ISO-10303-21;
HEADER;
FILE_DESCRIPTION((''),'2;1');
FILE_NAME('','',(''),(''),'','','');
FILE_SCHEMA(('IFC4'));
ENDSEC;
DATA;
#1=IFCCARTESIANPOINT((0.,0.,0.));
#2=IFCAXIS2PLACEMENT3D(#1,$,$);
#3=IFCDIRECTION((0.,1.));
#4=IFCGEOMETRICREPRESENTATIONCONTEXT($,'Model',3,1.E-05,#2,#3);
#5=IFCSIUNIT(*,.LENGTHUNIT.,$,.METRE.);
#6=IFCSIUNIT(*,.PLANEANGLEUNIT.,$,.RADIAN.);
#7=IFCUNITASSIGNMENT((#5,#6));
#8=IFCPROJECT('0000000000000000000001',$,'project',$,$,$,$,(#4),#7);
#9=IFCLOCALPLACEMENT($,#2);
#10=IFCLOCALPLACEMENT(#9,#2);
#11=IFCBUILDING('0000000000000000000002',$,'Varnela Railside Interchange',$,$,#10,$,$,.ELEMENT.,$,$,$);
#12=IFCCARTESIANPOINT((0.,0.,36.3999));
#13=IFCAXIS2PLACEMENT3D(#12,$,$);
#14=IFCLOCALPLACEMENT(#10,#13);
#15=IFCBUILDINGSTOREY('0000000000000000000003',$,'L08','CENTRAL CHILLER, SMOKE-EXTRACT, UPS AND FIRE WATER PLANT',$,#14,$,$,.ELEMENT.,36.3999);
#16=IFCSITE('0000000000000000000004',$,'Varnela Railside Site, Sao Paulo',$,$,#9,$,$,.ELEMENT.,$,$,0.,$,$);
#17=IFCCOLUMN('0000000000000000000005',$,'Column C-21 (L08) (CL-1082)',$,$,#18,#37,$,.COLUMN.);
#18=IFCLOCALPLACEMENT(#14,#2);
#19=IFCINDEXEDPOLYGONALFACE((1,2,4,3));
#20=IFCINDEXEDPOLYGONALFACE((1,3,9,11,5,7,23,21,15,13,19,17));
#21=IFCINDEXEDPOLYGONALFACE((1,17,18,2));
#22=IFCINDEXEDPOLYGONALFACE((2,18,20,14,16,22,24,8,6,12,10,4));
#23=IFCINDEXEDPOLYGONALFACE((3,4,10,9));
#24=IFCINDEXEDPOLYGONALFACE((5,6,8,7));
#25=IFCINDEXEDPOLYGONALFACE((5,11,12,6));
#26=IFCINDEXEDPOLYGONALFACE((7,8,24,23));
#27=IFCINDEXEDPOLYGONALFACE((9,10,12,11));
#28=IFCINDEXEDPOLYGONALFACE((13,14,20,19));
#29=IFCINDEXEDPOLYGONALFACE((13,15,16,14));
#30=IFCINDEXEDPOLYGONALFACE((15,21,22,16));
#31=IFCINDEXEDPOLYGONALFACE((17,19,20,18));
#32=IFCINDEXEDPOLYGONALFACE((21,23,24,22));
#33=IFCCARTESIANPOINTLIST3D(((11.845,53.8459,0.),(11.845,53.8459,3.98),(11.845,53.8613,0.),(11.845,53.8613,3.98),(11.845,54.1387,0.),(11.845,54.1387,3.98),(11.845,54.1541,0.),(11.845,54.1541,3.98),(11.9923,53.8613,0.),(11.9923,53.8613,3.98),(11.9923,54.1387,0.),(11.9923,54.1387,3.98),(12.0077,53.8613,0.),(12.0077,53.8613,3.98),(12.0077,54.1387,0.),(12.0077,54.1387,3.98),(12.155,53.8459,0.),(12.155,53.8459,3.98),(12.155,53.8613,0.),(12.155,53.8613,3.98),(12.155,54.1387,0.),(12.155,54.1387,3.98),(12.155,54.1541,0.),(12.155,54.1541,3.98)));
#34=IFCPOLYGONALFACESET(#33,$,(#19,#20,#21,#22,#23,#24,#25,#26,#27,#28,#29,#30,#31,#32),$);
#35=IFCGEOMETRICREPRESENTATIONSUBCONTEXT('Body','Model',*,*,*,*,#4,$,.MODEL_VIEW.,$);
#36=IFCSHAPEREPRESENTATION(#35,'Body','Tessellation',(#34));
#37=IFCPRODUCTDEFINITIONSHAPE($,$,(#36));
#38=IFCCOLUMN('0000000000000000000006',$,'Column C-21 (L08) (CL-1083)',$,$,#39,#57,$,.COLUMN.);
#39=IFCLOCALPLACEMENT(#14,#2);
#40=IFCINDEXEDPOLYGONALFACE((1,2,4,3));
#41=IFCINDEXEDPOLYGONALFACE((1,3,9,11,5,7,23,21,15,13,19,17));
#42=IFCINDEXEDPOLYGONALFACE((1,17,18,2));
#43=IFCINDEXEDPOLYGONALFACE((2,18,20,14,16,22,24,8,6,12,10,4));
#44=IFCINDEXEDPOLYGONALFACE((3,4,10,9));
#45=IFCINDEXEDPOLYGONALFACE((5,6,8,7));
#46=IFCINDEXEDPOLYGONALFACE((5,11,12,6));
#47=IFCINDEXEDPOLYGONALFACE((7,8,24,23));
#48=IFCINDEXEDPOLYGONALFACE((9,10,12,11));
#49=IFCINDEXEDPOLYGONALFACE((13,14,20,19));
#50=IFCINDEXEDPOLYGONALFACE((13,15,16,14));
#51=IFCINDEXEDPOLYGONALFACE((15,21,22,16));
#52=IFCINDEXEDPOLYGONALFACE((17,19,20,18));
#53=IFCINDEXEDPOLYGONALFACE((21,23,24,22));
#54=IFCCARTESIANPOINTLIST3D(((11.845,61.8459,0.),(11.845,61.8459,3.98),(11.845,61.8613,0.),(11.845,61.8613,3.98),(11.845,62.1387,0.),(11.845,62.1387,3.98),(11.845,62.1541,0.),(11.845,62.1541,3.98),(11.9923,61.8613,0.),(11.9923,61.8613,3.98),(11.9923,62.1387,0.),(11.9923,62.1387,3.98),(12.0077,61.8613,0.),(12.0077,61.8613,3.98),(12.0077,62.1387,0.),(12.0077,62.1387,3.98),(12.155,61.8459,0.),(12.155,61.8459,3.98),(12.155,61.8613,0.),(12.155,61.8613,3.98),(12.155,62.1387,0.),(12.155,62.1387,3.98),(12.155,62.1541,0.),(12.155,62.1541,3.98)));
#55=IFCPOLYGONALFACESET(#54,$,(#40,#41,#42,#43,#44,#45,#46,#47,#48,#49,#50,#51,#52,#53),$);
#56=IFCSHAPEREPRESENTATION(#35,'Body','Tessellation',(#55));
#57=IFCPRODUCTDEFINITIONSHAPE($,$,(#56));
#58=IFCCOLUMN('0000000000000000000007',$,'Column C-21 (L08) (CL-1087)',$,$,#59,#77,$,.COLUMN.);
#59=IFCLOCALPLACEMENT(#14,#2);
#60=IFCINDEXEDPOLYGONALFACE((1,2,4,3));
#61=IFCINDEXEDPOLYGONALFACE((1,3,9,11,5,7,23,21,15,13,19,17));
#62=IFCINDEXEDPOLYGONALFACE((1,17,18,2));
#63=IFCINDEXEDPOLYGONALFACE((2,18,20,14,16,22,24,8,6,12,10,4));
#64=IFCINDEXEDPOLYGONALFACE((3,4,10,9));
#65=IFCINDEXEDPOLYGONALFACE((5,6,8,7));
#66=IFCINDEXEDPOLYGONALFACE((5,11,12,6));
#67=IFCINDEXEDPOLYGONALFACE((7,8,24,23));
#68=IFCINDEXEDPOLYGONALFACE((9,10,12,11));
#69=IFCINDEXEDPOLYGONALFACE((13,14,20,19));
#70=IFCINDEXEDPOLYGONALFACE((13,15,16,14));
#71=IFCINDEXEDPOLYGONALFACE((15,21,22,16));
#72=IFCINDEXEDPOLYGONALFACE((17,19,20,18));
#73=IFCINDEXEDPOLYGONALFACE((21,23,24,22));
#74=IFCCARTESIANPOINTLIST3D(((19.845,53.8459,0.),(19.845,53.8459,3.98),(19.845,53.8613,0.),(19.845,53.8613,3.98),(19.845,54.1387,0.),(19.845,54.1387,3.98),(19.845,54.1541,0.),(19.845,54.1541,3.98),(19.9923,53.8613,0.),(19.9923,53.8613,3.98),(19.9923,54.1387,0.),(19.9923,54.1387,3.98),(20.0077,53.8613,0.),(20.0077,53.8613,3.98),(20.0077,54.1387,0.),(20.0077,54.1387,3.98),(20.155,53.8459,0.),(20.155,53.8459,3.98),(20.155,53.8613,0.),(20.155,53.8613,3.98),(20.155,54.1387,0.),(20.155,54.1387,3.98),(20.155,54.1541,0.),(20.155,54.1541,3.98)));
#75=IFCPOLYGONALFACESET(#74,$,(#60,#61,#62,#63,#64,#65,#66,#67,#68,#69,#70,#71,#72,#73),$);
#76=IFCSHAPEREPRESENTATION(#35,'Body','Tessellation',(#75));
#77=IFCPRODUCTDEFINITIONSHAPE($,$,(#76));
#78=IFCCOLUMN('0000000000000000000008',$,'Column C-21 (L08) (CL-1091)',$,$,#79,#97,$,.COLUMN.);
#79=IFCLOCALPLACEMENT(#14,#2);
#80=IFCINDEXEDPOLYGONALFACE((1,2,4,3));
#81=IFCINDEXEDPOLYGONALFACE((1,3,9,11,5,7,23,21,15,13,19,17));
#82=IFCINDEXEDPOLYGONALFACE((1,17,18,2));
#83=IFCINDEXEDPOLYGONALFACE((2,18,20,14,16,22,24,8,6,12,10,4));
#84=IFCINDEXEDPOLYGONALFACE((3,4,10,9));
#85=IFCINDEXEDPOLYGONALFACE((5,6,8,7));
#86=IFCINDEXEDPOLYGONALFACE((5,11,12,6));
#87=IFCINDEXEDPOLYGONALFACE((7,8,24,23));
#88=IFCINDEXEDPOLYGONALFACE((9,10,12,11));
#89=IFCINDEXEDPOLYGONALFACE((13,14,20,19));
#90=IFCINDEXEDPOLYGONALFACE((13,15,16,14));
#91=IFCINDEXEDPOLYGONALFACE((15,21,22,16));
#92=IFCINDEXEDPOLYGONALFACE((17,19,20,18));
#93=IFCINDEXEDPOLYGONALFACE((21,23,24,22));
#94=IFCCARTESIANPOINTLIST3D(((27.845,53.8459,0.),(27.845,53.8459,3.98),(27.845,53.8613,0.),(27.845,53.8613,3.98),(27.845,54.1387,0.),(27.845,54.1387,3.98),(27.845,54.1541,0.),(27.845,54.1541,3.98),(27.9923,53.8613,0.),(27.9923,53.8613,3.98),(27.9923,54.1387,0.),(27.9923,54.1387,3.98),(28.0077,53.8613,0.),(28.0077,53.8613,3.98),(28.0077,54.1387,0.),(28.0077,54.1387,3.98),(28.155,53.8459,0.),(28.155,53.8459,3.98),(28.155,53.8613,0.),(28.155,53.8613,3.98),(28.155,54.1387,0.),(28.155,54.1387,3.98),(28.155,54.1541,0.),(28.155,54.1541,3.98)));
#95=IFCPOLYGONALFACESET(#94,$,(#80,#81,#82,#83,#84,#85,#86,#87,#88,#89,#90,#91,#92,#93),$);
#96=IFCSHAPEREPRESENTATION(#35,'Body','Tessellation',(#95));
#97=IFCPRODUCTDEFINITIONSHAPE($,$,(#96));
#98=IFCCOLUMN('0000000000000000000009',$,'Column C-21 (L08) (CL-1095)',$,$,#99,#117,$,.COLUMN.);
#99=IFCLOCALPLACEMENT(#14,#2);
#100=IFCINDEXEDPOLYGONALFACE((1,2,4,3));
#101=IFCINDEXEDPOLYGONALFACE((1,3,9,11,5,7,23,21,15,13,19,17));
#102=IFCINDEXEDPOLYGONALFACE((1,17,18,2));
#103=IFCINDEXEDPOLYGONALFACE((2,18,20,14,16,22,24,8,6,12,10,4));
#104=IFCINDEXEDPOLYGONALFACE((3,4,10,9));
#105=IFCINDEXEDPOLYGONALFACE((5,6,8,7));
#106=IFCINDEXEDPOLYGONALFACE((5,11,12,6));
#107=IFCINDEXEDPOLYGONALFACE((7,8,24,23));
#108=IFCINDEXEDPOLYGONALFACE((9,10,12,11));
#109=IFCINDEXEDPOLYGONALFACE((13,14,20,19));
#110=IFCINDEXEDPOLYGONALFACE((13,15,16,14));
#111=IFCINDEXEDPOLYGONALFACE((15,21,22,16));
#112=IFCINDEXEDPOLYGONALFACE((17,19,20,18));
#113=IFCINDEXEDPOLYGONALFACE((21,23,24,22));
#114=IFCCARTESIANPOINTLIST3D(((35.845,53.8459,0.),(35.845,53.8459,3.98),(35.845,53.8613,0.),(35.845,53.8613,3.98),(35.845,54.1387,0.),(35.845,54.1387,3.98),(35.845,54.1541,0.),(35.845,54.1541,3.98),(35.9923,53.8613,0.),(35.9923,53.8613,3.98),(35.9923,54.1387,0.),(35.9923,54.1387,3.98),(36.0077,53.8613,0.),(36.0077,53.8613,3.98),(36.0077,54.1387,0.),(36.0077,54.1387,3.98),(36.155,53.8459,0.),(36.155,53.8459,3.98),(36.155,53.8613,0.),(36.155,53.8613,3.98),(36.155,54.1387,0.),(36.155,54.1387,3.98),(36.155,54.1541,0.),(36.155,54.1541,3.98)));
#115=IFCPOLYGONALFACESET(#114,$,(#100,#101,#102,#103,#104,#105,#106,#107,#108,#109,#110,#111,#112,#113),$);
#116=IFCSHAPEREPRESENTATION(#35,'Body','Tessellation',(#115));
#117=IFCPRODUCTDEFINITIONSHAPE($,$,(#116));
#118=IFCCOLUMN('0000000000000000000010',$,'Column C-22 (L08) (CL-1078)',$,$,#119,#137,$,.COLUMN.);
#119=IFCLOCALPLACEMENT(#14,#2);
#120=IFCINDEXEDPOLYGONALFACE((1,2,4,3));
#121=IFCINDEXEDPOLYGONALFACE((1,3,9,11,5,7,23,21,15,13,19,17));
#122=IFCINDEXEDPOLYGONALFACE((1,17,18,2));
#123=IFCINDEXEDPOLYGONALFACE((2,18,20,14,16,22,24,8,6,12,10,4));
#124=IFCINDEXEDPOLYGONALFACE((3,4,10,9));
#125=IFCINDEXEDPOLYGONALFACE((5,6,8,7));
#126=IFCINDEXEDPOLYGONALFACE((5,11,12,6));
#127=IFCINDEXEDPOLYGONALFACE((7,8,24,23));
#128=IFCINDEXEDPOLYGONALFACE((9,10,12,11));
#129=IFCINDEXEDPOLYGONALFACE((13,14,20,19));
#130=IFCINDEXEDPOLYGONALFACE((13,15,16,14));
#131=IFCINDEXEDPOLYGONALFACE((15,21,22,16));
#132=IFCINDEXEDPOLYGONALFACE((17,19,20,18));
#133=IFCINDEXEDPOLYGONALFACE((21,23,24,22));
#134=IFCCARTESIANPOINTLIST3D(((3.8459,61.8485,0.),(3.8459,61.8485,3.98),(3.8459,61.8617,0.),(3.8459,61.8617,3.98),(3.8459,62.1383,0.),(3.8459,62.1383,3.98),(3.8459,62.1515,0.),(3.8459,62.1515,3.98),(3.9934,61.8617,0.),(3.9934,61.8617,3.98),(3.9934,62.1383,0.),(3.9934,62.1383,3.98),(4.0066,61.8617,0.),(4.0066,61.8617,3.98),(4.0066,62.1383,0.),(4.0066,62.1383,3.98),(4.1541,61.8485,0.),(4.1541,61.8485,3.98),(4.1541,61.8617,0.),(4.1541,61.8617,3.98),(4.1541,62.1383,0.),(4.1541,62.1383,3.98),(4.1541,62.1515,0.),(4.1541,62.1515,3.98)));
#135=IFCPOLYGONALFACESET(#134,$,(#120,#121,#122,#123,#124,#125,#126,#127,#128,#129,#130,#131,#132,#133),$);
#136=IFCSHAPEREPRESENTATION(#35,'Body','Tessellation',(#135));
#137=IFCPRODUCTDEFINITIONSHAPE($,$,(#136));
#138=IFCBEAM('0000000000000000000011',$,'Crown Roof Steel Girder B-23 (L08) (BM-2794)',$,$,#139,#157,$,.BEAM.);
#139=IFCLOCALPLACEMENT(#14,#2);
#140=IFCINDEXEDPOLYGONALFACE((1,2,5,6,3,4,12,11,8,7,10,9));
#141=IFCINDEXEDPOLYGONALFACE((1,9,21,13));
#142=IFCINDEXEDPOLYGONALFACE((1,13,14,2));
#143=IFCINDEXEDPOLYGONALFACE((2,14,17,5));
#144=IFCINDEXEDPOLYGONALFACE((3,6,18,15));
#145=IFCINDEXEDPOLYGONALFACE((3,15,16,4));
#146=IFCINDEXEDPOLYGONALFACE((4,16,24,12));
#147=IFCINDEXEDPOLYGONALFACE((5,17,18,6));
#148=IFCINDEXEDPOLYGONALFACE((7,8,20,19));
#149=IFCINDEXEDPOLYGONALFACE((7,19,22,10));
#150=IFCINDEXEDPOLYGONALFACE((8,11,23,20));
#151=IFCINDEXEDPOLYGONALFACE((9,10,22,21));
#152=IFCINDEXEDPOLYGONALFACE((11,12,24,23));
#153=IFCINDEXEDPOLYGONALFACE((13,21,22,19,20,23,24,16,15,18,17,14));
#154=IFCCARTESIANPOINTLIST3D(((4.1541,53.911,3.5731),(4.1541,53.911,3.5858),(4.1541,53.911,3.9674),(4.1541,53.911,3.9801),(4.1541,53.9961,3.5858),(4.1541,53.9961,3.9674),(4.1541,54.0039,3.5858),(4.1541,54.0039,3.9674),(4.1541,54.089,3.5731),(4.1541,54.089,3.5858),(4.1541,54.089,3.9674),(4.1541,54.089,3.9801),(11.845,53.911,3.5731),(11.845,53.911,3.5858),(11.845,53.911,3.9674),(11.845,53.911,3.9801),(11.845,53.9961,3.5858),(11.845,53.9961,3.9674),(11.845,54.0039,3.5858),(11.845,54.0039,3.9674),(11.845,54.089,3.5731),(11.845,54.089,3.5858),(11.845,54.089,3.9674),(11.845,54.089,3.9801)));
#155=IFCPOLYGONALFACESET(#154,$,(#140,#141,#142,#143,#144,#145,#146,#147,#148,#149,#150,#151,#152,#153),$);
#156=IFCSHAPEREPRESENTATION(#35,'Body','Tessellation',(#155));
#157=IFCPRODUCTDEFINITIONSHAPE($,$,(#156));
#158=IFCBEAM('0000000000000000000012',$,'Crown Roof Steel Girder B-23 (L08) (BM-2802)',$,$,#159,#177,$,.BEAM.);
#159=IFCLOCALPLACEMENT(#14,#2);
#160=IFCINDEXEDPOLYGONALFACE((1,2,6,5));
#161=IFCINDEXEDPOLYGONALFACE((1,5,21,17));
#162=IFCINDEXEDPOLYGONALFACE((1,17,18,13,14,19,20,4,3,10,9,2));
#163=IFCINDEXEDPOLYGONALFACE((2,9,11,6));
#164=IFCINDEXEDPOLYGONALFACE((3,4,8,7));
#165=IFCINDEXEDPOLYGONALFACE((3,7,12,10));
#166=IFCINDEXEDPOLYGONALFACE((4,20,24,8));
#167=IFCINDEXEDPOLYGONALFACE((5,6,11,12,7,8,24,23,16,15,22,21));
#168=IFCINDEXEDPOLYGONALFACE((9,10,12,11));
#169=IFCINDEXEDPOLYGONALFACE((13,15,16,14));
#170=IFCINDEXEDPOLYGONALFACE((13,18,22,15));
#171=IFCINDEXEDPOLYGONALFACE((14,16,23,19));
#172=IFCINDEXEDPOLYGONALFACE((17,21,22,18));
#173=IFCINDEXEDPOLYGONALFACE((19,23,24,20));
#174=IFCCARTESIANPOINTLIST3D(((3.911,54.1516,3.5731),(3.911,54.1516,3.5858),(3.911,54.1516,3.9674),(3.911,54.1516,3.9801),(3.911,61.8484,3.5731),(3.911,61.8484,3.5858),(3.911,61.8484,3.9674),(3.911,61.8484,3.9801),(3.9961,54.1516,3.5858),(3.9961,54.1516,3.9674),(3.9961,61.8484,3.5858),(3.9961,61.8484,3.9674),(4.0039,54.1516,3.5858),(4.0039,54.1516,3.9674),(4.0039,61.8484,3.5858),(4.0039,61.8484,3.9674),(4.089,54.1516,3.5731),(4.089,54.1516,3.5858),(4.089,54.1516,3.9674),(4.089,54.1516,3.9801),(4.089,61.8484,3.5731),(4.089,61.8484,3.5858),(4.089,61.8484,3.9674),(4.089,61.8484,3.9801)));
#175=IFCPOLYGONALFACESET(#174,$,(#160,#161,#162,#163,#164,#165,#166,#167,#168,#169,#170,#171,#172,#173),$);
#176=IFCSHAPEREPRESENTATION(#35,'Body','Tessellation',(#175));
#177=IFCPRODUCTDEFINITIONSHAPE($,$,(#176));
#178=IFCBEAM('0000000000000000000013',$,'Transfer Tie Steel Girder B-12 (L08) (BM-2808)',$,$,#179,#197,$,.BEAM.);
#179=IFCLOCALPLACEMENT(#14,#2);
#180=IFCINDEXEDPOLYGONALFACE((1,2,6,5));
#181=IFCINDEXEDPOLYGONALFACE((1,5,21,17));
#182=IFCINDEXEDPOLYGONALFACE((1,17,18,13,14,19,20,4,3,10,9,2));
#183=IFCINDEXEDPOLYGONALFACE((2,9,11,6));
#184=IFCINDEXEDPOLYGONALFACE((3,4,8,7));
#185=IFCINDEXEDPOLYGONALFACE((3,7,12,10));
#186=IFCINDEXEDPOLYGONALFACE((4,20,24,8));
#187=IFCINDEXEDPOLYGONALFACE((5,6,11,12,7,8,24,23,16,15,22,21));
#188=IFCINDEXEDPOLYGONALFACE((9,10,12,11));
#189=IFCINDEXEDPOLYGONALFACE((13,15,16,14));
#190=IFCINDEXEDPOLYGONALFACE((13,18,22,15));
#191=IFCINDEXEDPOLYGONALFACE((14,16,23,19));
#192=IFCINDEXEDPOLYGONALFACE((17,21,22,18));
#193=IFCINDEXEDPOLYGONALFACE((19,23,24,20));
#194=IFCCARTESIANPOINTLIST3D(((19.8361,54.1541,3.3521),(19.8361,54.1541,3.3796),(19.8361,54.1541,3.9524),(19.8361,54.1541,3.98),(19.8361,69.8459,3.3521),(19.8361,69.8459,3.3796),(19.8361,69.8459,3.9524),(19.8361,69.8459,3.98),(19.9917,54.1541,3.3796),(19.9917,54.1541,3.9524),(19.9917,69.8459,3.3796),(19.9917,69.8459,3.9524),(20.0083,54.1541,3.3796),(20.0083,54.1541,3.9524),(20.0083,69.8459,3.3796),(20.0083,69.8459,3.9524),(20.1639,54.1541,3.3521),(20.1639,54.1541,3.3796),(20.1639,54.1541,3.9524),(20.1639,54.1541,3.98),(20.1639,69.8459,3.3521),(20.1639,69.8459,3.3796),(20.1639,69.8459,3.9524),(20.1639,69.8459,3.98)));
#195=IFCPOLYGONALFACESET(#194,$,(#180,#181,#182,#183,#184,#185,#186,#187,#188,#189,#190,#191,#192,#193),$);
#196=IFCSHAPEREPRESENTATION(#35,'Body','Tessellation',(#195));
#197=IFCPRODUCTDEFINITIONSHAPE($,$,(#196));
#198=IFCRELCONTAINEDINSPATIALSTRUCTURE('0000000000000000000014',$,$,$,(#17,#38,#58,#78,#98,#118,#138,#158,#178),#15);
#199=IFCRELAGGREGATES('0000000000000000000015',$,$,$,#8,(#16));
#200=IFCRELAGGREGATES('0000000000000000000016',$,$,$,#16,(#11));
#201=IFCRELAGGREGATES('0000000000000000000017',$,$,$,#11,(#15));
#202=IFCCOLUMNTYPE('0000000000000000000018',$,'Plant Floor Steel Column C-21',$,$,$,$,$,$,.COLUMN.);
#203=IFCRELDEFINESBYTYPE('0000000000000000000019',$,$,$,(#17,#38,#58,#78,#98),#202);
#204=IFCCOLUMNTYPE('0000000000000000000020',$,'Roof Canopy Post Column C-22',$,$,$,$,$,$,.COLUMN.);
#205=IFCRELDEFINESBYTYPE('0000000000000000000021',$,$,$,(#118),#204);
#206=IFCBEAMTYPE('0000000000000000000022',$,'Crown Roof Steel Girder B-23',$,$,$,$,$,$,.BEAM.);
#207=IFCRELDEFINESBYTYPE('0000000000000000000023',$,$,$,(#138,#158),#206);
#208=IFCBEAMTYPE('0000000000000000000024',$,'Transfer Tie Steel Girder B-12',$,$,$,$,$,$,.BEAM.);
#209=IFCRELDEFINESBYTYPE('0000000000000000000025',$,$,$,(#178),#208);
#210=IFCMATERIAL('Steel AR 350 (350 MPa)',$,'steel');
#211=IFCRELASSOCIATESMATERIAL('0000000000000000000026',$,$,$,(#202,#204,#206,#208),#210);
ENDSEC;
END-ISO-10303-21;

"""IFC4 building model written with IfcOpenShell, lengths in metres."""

from ifc_helpers import new_model, si_unit, direction, frame, origin, origin_2d, place, context, subcontext, project, spatial, i_section, extrude, material, material_profile, profile_set, type_object, element, save


model = new_model("IFC4")

# Units and contexts
model_context = context("Model", 3, precision=1e-05, world=origin(), true_north=direction((0.0, 1.0)))
body_context = subcontext(model_context, "Body", "Model", "MODEL_VIEW")
ifc_project = project(units=[si_unit("LENGTHUNIT", "METRE"), si_unit("PLANEANGLEUNIT", "RADIAN")], contexts=[model_context])

# Site, building, storey
site_placement = place(None, origin())
site = spatial("IfcSite", under=ifc_project, at=site_placement, Name="Varnela Railside Site, Sao Paulo", CompositionType="ELEMENT", RefElevation=0.0)
building_placement = place(site_placement, origin())
building = spatial("IfcBuilding", under=site, at=building_placement, Name="Varnela Railside Interchange", CompositionType="ELEMENT")
storey_placement = place(building_placement, frame((0.0, 0.0, 36.3999)))
storey = spatial("IfcBuildingStorey", under=building, at=storey_placement, Name="L08", Description="CENTRAL CHILLER, SMOKE-EXTRACT, UPS AND FIRE WATER PLANT", CompositionType="ELEMENT", Elevation=36.3999)

# Columns
ifc_material_1 = material(Name="Steel AR 350 (350 MPa)", Category="steel")
ifc_material_profile_1 = material_profile(ifc_material_1, i_section(OverallWidth=0.3101, OverallDepth=0.3081, WebThickness=0.0154, FlangeThickness=0.0154, at=origin_2d()), Name="HP310x110")
ifc_profile_set_1 = profile_set([ifc_material_profile_1], Name="Steel AR 350 (350 MPa)")
column_type_1 = type_object("IfcColumnType", Name="Plant Floor Steel Column C-21", PredefinedType="COLUMN", material=ifc_profile_set_1)
for number, where, z_axis, x_axis, name in (
    (1, (12.0, 54.0, 0.0), (0.0, 0.0, 1.0), (1.0, 0.0, 0.0), "Column C-21 (L08) (CL-1082)"),
    (2, (12.0, 62.0, 0.0), (0.0, 0.0, 1.0), (1.0, 0.0, 0.0), "Column C-21 (L08) (CL-1083)"),
    (3, (20.0, 54.0, 0.0), (0.0, 0.0, 1.0), (1.0, 0.0, 0.0), "Column C-21 (L08) (CL-1087)"),
    (4, (28.0, 54.0, 0.0), (0.0, 0.0, 1.0), (1.0, 0.0, 0.0), "Column C-21 (L08) (CL-1091)"),
    (5, (36.0, 54.0, 0.0), (0.0, 0.0, 1.0), (1.0, 0.0, 0.0), "Column C-21 (L08) (CL-1095)"),
):
    element("IfcColumn", number, at=place(storey_placement, frame(where, z_axis=z_axis, x_axis=x_axis)), inside=storey, type_object=column_type_1, Name=name, PredefinedType="COLUMN", context=body_context, shape_type="SweptSolid", body=[
        extrude(i_section(OverallWidth=0.3101, OverallDepth=0.3081, WebThickness=0.0154, FlangeThickness=0.0154, at=origin_2d()), origin(), (0.0, 0.0, 1.0), 3.98),
    ])
ifc_material_profile_2 = material_profile(ifc_material_1, i_section(OverallWidth=0.3081, OverallDepth=0.303, WebThickness=0.0132, FlangeThickness=0.0132, at=origin_2d()), Name="HP310x93")
ifc_profile_set_2 = profile_set([ifc_material_profile_2], Name="Steel AR 350 (350 MPa)")
column_type_2 = type_object("IfcColumnType", Name="Roof Canopy Post Column C-22", PredefinedType="COLUMN", material=ifc_profile_set_2)
column_placement = place(storey_placement, frame((4.0, 62.0, 0.0), z_axis=(0.0, 0.0, 1.0), x_axis=(1.0, 0.0, 0.0)))
element("IfcColumn", 6, at=column_placement, inside=storey, type_object=column_type_2, Name="Column C-22 (L08) (CL-1078)", PredefinedType="COLUMN", context=body_context, shape_type="SweptSolid", body=[
    extrude(i_section(OverallWidth=0.3081, OverallDepth=0.303, WebThickness=0.0132, FlangeThickness=0.0132, at=origin_2d()), origin(), (0.0, 0.0, 1.0), 3.98),
])

# Beams
ifc_material_profile_3 = material_profile(ifc_material_1, i_section(OverallWidth=0.178, OverallDepth=0.407, WebThickness=0.0078, FlangeThickness=0.0127, at=origin_2d()), Name="W410x60")
ifc_profile_set_3 = profile_set([ifc_material_profile_3], Name="Steel AR 350 (350 MPa)")
beam_type_1 = type_object("IfcBeamType", Name="Crown Roof Steel Girder B-23", PredefinedType="BEAM", material=ifc_profile_set_3)
beam_1_placement = place(storey_placement, frame((4.1541, 54.0, 3.7766), z_axis=(1.0, 0.0, 0.0), x_axis=(0.0, 1.0, 0.0)))
element("IfcBeam", 7, at=beam_1_placement, inside=storey, type_object=beam_type_1, Name="Crown Roof Steel Girder B-23 (L08) (BM-2794)", PredefinedType="BEAM", context=body_context, shape_type="SweptSolid", body=[
    extrude(i_section(OverallWidth=0.178, OverallDepth=0.407, WebThickness=0.0078, FlangeThickness=0.0127, at=origin_2d()), origin(), (0.0, 0.0, 1.0), 7.6909),
])
beam_2_placement = place(storey_placement, frame((4.0, 54.1516, 3.7766), z_axis=(0.0, 1.0, 0.0), x_axis=(-1.0, 0.0, 0.0)))
element("IfcBeam", 8, at=beam_2_placement, inside=storey, type_object=beam_type_1, Name="Crown Roof Steel Girder B-23 (L08) (BM-2802)", PredefinedType="BEAM", context=body_context, shape_type="SweptSolid", body=[
    extrude(i_section(OverallWidth=0.178, OverallDepth=0.407, WebThickness=0.0078, FlangeThickness=0.0127, at=origin_2d()), origin(), (0.0, 0.0, 1.0), 7.6968),
])
ifc_material_profile_4 = material_profile(ifc_material_1, i_section(OverallWidth=0.3279, OverallDepth=0.6279, WebThickness=0.0166, FlangeThickness=0.0276, at=origin_2d()), Name="W610x217")
ifc_profile_set_4 = profile_set([ifc_material_profile_4], Name="Steel AR 350 (350 MPa)")
beam_type_2 = type_object("IfcBeamType", Name="Transfer Tie Steel Girder B-12", PredefinedType="BEAM", material=ifc_profile_set_4)
for number, where, z_axis, x_axis, name in (
    (9, (20.0, 54.1541, 3.666), (0.0, 1.0, 0.0), (-1.0, 0.0, 0.0), "Transfer Tie Steel Girder B-12 (L08) (BM-2808)"),
):
    element("IfcBeam", number, at=place(storey_placement, frame(where, z_axis=z_axis, x_axis=x_axis)), inside=storey, type_object=beam_type_2, Name=name, PredefinedType="BEAM", context=body_context, shape_type="SweptSolid", body=[
        extrude(i_section(OverallWidth=0.3279, OverallDepth=0.6279, WebThickness=0.0166, FlangeThickness=0.0276, at=origin_2d()), origin(), (0.0, 0.0, 1.0), 15.6919),
    ])

save(model, "model.ifc")
